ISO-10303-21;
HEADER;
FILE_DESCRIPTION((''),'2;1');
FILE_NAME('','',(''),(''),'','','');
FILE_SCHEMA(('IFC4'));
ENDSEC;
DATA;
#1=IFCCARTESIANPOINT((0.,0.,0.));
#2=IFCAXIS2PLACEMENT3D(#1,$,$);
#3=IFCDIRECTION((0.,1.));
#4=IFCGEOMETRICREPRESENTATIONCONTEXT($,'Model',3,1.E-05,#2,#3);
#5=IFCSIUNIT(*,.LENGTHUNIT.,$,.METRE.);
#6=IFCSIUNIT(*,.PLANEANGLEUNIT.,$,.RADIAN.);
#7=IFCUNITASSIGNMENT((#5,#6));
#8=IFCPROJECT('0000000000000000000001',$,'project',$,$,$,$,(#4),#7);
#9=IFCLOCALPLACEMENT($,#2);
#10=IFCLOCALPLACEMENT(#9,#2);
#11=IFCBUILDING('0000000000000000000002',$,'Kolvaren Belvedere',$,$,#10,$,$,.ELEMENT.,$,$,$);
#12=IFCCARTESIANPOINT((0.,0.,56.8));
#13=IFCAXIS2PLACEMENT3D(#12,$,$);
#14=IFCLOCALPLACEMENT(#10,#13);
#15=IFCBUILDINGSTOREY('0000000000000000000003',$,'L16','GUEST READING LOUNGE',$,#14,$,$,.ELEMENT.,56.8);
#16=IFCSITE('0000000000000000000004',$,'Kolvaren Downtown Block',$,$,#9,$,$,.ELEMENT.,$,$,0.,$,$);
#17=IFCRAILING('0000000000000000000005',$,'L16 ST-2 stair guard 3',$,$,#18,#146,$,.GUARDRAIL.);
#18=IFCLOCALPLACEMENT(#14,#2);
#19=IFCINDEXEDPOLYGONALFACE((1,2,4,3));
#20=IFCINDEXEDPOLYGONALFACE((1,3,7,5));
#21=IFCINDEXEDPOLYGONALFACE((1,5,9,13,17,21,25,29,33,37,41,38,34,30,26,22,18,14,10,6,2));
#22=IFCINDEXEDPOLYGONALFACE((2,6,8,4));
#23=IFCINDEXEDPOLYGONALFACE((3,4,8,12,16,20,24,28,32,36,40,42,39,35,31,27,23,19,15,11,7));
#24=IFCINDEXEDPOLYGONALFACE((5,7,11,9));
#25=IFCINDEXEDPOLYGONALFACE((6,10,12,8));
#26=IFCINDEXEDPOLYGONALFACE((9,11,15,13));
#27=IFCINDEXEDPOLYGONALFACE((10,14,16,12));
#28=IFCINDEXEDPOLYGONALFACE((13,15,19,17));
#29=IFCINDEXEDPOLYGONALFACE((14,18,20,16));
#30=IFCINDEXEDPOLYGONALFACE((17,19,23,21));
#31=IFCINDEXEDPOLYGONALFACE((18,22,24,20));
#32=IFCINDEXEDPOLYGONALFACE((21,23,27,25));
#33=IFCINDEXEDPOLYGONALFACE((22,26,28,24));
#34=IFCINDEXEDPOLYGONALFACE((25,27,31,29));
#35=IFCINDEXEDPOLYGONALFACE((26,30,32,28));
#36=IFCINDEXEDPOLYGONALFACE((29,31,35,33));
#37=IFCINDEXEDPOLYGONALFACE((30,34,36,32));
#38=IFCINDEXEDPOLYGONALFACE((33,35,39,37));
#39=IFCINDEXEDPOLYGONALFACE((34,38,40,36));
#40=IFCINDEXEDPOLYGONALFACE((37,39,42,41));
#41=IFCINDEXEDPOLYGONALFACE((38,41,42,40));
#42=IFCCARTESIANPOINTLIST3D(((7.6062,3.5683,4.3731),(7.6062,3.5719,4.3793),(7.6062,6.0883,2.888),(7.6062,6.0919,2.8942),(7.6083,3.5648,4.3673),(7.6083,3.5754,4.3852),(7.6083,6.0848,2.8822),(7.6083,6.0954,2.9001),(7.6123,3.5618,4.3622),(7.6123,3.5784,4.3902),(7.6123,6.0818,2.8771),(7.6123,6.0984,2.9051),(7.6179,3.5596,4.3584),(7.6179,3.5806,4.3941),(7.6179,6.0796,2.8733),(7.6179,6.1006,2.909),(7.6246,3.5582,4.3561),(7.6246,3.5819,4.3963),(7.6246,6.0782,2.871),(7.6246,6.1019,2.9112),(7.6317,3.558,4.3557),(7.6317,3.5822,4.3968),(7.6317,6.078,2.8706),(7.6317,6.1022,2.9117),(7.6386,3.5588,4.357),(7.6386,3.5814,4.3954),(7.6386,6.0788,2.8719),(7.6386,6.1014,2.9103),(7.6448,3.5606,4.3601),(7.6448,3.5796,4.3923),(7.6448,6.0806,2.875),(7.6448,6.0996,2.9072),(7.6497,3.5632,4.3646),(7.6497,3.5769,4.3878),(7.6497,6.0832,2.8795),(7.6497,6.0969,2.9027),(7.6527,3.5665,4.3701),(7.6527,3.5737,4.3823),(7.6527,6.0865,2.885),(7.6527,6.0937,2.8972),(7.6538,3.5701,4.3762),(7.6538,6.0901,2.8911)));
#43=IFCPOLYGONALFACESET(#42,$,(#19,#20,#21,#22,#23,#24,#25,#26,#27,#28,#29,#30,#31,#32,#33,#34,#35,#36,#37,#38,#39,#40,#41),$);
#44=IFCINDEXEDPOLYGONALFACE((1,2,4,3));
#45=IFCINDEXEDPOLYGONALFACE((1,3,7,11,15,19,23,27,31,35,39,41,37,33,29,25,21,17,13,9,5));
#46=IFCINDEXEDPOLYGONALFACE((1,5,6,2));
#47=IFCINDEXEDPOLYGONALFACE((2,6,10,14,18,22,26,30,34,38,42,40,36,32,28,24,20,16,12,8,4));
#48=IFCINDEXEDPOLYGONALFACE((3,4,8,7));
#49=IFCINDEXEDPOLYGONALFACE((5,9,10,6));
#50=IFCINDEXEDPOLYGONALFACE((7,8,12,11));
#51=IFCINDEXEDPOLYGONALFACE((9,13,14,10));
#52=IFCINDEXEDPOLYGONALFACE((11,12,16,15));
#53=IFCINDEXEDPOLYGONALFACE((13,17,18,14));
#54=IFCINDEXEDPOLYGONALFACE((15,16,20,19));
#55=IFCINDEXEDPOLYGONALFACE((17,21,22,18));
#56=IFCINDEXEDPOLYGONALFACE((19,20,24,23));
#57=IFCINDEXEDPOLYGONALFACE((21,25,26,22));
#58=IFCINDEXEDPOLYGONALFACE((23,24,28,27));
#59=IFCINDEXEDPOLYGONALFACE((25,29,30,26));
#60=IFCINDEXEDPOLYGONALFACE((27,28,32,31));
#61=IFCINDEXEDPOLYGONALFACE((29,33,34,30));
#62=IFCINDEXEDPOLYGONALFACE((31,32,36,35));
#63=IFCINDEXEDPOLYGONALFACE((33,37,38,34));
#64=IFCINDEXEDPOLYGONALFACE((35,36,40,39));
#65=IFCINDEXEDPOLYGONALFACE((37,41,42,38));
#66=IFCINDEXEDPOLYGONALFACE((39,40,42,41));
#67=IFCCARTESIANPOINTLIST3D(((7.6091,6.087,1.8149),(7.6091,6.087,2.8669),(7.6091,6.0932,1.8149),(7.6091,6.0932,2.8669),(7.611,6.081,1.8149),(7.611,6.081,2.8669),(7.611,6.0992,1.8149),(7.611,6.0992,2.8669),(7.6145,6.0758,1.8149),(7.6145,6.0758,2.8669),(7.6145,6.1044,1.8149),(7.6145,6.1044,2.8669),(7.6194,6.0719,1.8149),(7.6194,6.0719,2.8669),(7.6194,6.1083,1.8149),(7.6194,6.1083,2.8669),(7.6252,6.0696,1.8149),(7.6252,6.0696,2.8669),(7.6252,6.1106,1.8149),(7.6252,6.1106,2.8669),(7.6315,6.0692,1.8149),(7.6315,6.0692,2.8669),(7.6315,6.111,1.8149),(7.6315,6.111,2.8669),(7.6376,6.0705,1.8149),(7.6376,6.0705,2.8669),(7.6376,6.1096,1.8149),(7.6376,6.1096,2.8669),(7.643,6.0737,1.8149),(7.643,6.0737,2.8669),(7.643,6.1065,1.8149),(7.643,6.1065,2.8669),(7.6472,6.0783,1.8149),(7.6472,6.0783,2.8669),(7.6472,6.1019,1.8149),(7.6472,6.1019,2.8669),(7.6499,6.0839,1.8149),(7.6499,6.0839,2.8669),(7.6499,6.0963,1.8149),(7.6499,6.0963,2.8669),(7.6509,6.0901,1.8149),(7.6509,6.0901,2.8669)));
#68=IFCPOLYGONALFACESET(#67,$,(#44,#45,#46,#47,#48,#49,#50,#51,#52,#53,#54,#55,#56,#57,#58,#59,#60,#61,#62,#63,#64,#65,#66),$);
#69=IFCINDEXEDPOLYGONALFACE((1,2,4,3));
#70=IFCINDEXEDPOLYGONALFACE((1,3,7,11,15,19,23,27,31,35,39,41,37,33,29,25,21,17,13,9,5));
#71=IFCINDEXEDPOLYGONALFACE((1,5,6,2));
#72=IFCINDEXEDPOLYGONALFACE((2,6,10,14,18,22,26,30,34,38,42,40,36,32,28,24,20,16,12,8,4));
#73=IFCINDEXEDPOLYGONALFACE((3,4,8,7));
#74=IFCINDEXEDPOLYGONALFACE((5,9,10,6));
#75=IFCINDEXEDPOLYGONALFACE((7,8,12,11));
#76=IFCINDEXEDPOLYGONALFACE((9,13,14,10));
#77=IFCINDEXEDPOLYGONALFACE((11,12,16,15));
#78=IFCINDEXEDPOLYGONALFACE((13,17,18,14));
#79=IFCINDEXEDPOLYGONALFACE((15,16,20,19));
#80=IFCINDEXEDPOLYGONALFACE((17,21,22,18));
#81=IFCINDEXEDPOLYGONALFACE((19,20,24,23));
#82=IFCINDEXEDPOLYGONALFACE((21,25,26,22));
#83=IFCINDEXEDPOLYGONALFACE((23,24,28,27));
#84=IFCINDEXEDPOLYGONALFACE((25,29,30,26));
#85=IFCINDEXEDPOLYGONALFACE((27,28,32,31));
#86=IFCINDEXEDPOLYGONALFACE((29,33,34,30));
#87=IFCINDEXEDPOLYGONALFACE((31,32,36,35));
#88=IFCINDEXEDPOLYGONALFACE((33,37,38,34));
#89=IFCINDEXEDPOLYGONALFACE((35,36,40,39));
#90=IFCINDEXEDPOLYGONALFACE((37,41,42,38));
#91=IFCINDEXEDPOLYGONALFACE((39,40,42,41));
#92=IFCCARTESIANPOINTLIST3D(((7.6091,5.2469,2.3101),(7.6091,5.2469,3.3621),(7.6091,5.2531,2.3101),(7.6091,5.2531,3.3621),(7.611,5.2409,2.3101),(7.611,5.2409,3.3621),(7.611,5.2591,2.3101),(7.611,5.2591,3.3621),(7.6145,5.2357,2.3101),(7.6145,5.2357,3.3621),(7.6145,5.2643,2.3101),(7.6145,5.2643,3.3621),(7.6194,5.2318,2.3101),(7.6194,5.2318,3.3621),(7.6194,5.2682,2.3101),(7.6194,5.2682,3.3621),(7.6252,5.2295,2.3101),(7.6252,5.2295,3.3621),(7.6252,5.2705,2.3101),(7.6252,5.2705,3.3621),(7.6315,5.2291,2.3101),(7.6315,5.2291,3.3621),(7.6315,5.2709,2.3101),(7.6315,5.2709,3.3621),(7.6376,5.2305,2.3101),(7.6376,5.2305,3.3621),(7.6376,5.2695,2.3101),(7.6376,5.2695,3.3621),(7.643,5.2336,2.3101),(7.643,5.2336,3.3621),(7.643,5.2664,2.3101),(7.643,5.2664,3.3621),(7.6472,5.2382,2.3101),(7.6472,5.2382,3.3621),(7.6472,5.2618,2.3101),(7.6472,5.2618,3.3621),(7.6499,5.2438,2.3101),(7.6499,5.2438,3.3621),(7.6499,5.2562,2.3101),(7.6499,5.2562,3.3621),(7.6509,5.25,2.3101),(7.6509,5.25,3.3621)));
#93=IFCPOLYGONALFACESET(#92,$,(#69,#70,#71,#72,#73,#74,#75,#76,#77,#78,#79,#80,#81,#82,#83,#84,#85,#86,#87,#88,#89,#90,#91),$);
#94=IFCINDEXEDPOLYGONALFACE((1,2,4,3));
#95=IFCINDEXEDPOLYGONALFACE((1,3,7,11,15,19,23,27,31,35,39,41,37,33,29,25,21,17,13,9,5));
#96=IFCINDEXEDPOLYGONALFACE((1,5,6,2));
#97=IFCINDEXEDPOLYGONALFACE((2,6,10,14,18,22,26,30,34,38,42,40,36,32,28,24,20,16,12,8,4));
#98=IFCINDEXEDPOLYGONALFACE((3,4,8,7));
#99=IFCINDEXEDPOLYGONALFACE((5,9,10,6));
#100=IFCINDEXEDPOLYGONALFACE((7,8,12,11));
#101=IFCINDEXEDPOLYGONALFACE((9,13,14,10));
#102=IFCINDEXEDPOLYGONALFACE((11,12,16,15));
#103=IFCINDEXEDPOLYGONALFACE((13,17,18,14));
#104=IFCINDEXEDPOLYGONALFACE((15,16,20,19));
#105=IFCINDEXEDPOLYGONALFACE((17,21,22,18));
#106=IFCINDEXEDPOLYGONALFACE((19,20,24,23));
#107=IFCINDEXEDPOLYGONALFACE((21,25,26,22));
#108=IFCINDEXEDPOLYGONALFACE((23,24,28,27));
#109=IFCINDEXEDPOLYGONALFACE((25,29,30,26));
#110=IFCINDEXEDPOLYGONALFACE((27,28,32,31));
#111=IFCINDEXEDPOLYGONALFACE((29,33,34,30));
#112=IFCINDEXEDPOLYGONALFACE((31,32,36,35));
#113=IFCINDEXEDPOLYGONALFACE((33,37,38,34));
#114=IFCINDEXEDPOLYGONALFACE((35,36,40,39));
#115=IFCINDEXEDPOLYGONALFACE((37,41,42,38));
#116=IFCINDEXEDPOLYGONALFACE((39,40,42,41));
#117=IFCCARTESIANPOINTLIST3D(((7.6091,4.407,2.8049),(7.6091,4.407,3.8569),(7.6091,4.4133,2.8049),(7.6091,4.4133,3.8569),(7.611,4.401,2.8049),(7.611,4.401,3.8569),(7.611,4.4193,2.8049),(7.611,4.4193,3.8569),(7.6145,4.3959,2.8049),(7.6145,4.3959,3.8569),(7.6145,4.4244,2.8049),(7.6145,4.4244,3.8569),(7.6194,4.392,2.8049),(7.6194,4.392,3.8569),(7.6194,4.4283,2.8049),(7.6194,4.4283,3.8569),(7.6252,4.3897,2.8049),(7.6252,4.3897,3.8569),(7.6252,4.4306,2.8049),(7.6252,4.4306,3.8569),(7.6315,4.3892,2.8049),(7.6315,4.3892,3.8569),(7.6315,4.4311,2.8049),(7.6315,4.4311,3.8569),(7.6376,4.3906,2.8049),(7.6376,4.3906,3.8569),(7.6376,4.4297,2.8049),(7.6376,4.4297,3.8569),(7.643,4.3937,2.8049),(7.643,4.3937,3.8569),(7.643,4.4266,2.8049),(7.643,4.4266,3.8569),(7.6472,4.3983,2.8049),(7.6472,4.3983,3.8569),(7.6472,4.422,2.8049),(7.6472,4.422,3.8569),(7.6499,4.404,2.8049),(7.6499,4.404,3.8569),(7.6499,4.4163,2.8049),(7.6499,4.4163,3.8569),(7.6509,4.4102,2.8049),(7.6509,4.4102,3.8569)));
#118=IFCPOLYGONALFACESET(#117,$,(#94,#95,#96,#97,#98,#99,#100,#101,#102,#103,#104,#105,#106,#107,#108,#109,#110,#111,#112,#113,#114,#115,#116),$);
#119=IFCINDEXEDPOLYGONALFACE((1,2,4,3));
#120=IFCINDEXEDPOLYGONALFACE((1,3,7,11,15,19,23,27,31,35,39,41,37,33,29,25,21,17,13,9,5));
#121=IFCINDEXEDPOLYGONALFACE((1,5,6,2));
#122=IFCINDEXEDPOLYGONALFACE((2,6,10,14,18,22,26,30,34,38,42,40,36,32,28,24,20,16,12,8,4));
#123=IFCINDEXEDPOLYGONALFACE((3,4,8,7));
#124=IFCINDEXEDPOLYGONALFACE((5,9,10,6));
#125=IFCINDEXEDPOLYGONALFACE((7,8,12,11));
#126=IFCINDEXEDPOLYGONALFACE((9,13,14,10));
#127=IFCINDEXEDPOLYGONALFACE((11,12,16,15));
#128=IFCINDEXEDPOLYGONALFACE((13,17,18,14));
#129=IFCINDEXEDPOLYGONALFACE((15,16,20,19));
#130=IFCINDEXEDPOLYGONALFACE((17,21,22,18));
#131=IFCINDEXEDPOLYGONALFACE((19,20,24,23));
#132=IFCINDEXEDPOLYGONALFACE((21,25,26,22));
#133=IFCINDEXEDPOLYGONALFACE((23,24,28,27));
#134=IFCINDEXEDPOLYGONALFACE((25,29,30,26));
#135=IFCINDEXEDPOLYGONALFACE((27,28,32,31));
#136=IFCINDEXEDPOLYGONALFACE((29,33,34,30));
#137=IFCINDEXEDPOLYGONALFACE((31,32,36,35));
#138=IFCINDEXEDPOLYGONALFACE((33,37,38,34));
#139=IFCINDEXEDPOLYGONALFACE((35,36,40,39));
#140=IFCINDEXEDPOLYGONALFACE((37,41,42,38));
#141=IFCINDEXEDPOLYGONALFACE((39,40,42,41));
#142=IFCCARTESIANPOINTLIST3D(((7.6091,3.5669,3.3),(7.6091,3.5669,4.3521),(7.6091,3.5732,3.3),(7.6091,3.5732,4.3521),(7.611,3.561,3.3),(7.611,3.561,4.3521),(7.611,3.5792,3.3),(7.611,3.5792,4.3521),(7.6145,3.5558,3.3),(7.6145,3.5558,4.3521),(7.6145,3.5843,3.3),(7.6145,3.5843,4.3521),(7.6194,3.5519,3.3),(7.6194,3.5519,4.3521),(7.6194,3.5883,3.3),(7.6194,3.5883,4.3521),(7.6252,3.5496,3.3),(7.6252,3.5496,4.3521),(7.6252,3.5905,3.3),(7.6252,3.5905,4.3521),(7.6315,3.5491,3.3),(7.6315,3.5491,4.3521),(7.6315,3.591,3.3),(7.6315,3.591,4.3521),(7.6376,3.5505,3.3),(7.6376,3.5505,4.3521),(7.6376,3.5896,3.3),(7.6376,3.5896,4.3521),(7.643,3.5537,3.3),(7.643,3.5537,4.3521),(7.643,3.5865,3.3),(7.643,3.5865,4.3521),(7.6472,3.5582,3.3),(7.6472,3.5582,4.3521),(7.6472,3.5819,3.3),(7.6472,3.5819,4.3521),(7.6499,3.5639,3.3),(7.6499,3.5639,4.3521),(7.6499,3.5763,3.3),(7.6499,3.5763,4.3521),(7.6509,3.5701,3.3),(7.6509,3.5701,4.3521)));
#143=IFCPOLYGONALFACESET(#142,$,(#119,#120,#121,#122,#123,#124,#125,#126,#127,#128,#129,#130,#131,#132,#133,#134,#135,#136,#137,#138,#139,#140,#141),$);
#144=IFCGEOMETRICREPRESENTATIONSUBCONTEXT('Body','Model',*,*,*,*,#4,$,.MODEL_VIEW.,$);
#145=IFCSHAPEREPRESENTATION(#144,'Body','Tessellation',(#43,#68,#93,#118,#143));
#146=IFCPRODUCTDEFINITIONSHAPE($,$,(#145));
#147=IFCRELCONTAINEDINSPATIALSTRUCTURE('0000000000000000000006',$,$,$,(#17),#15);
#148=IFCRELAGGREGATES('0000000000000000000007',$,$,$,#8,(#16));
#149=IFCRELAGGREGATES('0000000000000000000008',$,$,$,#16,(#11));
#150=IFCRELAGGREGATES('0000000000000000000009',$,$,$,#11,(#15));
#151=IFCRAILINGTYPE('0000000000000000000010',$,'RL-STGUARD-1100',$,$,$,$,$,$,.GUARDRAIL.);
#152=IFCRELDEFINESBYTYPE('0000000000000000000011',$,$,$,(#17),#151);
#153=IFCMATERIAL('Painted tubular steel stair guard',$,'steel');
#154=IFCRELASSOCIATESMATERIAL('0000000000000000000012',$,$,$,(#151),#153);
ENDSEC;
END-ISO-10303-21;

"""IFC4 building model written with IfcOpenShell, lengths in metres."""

from ifc_helpers import new_model, si_unit, direction, frame, origin, origin_2d, place, context, subcontext, project, spatial, circle, extrude, material, type_object, element, save


model = new_model("IFC4")

# Units and contexts
model_context = context("Model", 3, precision=1e-05, world=origin(), true_north=direction((0.0, 1.0)))
body_context = subcontext(model_context, "Body", "Model", "MODEL_VIEW")
ifc_project = project(units=[si_unit("LENGTHUNIT", "METRE"), si_unit("PLANEANGLEUNIT", "RADIAN")], contexts=[model_context])

# Site, building, storey
site_placement = place(None, origin())
site = spatial("IfcSite", under=ifc_project, at=site_placement, Name="Kolvaren Downtown Block", CompositionType="ELEMENT", RefElevation=0.0)
building_placement = place(site_placement, origin())
building = spatial("IfcBuilding", under=site, at=building_placement, Name="Kolvaren Belvedere", CompositionType="ELEMENT")
storey_placement = place(building_placement, frame((0.0, 0.0, 56.8)))
storey = spatial("IfcBuildingStorey", under=building, at=storey_placement, Name="L16", Description="GUEST READING LOUNGE", CompositionType="ELEMENT", Elevation=56.8)

# Railing
ifc_material_1 = material(Name="Painted tubular steel stair guard", Category="steel")
railing_type_1 = type_object("IfcRailingType", Name="RL-STGUARD-1100", PredefinedType="GUARDRAIL", material=ifc_material_1)
railing_1_placement = place(storey_placement, frame((7.6299, 6.0901, 1.8149)))
element("IfcRailing", 1, at=railing_1_placement, inside=storey, type_object=railing_type_1, Name="L16 ST-2 stair guard 3", PredefinedType="GUARDRAIL", context=body_context, shape_type="SweptSolid", body=[
    extrude(circle(Radius=0.0239, at=origin_2d()), frame((0.0, 0.0, 1.0762), z_axis=(0.0, -0.861524, 0.507717), x_axis=(1.0, 0.0, 0.0)), (0.0, 0.0, 1.0), 2.925),
    extrude(circle(Radius=0.021, at=origin_2d()), origin(), (0.0, 0.0, 1.0), 1.052),
    extrude(circle(Radius=0.021, at=origin_2d()), frame((0.0, -0.8401, 0.4951)), (0.0, 0.0, 1.0), 1.052),
    extrude(circle(Radius=0.021, at=origin_2d()), frame((0.0, -1.6799, 0.99)), (0.0, 0.0, 1.0), 1.052),
    extrude(circle(Radius=0.021, at=origin_2d()), frame((0.0, -2.52, 1.4851)), (0.0, 0.0, 1.0), 1.052),
])

save(model, "model.ifc")
